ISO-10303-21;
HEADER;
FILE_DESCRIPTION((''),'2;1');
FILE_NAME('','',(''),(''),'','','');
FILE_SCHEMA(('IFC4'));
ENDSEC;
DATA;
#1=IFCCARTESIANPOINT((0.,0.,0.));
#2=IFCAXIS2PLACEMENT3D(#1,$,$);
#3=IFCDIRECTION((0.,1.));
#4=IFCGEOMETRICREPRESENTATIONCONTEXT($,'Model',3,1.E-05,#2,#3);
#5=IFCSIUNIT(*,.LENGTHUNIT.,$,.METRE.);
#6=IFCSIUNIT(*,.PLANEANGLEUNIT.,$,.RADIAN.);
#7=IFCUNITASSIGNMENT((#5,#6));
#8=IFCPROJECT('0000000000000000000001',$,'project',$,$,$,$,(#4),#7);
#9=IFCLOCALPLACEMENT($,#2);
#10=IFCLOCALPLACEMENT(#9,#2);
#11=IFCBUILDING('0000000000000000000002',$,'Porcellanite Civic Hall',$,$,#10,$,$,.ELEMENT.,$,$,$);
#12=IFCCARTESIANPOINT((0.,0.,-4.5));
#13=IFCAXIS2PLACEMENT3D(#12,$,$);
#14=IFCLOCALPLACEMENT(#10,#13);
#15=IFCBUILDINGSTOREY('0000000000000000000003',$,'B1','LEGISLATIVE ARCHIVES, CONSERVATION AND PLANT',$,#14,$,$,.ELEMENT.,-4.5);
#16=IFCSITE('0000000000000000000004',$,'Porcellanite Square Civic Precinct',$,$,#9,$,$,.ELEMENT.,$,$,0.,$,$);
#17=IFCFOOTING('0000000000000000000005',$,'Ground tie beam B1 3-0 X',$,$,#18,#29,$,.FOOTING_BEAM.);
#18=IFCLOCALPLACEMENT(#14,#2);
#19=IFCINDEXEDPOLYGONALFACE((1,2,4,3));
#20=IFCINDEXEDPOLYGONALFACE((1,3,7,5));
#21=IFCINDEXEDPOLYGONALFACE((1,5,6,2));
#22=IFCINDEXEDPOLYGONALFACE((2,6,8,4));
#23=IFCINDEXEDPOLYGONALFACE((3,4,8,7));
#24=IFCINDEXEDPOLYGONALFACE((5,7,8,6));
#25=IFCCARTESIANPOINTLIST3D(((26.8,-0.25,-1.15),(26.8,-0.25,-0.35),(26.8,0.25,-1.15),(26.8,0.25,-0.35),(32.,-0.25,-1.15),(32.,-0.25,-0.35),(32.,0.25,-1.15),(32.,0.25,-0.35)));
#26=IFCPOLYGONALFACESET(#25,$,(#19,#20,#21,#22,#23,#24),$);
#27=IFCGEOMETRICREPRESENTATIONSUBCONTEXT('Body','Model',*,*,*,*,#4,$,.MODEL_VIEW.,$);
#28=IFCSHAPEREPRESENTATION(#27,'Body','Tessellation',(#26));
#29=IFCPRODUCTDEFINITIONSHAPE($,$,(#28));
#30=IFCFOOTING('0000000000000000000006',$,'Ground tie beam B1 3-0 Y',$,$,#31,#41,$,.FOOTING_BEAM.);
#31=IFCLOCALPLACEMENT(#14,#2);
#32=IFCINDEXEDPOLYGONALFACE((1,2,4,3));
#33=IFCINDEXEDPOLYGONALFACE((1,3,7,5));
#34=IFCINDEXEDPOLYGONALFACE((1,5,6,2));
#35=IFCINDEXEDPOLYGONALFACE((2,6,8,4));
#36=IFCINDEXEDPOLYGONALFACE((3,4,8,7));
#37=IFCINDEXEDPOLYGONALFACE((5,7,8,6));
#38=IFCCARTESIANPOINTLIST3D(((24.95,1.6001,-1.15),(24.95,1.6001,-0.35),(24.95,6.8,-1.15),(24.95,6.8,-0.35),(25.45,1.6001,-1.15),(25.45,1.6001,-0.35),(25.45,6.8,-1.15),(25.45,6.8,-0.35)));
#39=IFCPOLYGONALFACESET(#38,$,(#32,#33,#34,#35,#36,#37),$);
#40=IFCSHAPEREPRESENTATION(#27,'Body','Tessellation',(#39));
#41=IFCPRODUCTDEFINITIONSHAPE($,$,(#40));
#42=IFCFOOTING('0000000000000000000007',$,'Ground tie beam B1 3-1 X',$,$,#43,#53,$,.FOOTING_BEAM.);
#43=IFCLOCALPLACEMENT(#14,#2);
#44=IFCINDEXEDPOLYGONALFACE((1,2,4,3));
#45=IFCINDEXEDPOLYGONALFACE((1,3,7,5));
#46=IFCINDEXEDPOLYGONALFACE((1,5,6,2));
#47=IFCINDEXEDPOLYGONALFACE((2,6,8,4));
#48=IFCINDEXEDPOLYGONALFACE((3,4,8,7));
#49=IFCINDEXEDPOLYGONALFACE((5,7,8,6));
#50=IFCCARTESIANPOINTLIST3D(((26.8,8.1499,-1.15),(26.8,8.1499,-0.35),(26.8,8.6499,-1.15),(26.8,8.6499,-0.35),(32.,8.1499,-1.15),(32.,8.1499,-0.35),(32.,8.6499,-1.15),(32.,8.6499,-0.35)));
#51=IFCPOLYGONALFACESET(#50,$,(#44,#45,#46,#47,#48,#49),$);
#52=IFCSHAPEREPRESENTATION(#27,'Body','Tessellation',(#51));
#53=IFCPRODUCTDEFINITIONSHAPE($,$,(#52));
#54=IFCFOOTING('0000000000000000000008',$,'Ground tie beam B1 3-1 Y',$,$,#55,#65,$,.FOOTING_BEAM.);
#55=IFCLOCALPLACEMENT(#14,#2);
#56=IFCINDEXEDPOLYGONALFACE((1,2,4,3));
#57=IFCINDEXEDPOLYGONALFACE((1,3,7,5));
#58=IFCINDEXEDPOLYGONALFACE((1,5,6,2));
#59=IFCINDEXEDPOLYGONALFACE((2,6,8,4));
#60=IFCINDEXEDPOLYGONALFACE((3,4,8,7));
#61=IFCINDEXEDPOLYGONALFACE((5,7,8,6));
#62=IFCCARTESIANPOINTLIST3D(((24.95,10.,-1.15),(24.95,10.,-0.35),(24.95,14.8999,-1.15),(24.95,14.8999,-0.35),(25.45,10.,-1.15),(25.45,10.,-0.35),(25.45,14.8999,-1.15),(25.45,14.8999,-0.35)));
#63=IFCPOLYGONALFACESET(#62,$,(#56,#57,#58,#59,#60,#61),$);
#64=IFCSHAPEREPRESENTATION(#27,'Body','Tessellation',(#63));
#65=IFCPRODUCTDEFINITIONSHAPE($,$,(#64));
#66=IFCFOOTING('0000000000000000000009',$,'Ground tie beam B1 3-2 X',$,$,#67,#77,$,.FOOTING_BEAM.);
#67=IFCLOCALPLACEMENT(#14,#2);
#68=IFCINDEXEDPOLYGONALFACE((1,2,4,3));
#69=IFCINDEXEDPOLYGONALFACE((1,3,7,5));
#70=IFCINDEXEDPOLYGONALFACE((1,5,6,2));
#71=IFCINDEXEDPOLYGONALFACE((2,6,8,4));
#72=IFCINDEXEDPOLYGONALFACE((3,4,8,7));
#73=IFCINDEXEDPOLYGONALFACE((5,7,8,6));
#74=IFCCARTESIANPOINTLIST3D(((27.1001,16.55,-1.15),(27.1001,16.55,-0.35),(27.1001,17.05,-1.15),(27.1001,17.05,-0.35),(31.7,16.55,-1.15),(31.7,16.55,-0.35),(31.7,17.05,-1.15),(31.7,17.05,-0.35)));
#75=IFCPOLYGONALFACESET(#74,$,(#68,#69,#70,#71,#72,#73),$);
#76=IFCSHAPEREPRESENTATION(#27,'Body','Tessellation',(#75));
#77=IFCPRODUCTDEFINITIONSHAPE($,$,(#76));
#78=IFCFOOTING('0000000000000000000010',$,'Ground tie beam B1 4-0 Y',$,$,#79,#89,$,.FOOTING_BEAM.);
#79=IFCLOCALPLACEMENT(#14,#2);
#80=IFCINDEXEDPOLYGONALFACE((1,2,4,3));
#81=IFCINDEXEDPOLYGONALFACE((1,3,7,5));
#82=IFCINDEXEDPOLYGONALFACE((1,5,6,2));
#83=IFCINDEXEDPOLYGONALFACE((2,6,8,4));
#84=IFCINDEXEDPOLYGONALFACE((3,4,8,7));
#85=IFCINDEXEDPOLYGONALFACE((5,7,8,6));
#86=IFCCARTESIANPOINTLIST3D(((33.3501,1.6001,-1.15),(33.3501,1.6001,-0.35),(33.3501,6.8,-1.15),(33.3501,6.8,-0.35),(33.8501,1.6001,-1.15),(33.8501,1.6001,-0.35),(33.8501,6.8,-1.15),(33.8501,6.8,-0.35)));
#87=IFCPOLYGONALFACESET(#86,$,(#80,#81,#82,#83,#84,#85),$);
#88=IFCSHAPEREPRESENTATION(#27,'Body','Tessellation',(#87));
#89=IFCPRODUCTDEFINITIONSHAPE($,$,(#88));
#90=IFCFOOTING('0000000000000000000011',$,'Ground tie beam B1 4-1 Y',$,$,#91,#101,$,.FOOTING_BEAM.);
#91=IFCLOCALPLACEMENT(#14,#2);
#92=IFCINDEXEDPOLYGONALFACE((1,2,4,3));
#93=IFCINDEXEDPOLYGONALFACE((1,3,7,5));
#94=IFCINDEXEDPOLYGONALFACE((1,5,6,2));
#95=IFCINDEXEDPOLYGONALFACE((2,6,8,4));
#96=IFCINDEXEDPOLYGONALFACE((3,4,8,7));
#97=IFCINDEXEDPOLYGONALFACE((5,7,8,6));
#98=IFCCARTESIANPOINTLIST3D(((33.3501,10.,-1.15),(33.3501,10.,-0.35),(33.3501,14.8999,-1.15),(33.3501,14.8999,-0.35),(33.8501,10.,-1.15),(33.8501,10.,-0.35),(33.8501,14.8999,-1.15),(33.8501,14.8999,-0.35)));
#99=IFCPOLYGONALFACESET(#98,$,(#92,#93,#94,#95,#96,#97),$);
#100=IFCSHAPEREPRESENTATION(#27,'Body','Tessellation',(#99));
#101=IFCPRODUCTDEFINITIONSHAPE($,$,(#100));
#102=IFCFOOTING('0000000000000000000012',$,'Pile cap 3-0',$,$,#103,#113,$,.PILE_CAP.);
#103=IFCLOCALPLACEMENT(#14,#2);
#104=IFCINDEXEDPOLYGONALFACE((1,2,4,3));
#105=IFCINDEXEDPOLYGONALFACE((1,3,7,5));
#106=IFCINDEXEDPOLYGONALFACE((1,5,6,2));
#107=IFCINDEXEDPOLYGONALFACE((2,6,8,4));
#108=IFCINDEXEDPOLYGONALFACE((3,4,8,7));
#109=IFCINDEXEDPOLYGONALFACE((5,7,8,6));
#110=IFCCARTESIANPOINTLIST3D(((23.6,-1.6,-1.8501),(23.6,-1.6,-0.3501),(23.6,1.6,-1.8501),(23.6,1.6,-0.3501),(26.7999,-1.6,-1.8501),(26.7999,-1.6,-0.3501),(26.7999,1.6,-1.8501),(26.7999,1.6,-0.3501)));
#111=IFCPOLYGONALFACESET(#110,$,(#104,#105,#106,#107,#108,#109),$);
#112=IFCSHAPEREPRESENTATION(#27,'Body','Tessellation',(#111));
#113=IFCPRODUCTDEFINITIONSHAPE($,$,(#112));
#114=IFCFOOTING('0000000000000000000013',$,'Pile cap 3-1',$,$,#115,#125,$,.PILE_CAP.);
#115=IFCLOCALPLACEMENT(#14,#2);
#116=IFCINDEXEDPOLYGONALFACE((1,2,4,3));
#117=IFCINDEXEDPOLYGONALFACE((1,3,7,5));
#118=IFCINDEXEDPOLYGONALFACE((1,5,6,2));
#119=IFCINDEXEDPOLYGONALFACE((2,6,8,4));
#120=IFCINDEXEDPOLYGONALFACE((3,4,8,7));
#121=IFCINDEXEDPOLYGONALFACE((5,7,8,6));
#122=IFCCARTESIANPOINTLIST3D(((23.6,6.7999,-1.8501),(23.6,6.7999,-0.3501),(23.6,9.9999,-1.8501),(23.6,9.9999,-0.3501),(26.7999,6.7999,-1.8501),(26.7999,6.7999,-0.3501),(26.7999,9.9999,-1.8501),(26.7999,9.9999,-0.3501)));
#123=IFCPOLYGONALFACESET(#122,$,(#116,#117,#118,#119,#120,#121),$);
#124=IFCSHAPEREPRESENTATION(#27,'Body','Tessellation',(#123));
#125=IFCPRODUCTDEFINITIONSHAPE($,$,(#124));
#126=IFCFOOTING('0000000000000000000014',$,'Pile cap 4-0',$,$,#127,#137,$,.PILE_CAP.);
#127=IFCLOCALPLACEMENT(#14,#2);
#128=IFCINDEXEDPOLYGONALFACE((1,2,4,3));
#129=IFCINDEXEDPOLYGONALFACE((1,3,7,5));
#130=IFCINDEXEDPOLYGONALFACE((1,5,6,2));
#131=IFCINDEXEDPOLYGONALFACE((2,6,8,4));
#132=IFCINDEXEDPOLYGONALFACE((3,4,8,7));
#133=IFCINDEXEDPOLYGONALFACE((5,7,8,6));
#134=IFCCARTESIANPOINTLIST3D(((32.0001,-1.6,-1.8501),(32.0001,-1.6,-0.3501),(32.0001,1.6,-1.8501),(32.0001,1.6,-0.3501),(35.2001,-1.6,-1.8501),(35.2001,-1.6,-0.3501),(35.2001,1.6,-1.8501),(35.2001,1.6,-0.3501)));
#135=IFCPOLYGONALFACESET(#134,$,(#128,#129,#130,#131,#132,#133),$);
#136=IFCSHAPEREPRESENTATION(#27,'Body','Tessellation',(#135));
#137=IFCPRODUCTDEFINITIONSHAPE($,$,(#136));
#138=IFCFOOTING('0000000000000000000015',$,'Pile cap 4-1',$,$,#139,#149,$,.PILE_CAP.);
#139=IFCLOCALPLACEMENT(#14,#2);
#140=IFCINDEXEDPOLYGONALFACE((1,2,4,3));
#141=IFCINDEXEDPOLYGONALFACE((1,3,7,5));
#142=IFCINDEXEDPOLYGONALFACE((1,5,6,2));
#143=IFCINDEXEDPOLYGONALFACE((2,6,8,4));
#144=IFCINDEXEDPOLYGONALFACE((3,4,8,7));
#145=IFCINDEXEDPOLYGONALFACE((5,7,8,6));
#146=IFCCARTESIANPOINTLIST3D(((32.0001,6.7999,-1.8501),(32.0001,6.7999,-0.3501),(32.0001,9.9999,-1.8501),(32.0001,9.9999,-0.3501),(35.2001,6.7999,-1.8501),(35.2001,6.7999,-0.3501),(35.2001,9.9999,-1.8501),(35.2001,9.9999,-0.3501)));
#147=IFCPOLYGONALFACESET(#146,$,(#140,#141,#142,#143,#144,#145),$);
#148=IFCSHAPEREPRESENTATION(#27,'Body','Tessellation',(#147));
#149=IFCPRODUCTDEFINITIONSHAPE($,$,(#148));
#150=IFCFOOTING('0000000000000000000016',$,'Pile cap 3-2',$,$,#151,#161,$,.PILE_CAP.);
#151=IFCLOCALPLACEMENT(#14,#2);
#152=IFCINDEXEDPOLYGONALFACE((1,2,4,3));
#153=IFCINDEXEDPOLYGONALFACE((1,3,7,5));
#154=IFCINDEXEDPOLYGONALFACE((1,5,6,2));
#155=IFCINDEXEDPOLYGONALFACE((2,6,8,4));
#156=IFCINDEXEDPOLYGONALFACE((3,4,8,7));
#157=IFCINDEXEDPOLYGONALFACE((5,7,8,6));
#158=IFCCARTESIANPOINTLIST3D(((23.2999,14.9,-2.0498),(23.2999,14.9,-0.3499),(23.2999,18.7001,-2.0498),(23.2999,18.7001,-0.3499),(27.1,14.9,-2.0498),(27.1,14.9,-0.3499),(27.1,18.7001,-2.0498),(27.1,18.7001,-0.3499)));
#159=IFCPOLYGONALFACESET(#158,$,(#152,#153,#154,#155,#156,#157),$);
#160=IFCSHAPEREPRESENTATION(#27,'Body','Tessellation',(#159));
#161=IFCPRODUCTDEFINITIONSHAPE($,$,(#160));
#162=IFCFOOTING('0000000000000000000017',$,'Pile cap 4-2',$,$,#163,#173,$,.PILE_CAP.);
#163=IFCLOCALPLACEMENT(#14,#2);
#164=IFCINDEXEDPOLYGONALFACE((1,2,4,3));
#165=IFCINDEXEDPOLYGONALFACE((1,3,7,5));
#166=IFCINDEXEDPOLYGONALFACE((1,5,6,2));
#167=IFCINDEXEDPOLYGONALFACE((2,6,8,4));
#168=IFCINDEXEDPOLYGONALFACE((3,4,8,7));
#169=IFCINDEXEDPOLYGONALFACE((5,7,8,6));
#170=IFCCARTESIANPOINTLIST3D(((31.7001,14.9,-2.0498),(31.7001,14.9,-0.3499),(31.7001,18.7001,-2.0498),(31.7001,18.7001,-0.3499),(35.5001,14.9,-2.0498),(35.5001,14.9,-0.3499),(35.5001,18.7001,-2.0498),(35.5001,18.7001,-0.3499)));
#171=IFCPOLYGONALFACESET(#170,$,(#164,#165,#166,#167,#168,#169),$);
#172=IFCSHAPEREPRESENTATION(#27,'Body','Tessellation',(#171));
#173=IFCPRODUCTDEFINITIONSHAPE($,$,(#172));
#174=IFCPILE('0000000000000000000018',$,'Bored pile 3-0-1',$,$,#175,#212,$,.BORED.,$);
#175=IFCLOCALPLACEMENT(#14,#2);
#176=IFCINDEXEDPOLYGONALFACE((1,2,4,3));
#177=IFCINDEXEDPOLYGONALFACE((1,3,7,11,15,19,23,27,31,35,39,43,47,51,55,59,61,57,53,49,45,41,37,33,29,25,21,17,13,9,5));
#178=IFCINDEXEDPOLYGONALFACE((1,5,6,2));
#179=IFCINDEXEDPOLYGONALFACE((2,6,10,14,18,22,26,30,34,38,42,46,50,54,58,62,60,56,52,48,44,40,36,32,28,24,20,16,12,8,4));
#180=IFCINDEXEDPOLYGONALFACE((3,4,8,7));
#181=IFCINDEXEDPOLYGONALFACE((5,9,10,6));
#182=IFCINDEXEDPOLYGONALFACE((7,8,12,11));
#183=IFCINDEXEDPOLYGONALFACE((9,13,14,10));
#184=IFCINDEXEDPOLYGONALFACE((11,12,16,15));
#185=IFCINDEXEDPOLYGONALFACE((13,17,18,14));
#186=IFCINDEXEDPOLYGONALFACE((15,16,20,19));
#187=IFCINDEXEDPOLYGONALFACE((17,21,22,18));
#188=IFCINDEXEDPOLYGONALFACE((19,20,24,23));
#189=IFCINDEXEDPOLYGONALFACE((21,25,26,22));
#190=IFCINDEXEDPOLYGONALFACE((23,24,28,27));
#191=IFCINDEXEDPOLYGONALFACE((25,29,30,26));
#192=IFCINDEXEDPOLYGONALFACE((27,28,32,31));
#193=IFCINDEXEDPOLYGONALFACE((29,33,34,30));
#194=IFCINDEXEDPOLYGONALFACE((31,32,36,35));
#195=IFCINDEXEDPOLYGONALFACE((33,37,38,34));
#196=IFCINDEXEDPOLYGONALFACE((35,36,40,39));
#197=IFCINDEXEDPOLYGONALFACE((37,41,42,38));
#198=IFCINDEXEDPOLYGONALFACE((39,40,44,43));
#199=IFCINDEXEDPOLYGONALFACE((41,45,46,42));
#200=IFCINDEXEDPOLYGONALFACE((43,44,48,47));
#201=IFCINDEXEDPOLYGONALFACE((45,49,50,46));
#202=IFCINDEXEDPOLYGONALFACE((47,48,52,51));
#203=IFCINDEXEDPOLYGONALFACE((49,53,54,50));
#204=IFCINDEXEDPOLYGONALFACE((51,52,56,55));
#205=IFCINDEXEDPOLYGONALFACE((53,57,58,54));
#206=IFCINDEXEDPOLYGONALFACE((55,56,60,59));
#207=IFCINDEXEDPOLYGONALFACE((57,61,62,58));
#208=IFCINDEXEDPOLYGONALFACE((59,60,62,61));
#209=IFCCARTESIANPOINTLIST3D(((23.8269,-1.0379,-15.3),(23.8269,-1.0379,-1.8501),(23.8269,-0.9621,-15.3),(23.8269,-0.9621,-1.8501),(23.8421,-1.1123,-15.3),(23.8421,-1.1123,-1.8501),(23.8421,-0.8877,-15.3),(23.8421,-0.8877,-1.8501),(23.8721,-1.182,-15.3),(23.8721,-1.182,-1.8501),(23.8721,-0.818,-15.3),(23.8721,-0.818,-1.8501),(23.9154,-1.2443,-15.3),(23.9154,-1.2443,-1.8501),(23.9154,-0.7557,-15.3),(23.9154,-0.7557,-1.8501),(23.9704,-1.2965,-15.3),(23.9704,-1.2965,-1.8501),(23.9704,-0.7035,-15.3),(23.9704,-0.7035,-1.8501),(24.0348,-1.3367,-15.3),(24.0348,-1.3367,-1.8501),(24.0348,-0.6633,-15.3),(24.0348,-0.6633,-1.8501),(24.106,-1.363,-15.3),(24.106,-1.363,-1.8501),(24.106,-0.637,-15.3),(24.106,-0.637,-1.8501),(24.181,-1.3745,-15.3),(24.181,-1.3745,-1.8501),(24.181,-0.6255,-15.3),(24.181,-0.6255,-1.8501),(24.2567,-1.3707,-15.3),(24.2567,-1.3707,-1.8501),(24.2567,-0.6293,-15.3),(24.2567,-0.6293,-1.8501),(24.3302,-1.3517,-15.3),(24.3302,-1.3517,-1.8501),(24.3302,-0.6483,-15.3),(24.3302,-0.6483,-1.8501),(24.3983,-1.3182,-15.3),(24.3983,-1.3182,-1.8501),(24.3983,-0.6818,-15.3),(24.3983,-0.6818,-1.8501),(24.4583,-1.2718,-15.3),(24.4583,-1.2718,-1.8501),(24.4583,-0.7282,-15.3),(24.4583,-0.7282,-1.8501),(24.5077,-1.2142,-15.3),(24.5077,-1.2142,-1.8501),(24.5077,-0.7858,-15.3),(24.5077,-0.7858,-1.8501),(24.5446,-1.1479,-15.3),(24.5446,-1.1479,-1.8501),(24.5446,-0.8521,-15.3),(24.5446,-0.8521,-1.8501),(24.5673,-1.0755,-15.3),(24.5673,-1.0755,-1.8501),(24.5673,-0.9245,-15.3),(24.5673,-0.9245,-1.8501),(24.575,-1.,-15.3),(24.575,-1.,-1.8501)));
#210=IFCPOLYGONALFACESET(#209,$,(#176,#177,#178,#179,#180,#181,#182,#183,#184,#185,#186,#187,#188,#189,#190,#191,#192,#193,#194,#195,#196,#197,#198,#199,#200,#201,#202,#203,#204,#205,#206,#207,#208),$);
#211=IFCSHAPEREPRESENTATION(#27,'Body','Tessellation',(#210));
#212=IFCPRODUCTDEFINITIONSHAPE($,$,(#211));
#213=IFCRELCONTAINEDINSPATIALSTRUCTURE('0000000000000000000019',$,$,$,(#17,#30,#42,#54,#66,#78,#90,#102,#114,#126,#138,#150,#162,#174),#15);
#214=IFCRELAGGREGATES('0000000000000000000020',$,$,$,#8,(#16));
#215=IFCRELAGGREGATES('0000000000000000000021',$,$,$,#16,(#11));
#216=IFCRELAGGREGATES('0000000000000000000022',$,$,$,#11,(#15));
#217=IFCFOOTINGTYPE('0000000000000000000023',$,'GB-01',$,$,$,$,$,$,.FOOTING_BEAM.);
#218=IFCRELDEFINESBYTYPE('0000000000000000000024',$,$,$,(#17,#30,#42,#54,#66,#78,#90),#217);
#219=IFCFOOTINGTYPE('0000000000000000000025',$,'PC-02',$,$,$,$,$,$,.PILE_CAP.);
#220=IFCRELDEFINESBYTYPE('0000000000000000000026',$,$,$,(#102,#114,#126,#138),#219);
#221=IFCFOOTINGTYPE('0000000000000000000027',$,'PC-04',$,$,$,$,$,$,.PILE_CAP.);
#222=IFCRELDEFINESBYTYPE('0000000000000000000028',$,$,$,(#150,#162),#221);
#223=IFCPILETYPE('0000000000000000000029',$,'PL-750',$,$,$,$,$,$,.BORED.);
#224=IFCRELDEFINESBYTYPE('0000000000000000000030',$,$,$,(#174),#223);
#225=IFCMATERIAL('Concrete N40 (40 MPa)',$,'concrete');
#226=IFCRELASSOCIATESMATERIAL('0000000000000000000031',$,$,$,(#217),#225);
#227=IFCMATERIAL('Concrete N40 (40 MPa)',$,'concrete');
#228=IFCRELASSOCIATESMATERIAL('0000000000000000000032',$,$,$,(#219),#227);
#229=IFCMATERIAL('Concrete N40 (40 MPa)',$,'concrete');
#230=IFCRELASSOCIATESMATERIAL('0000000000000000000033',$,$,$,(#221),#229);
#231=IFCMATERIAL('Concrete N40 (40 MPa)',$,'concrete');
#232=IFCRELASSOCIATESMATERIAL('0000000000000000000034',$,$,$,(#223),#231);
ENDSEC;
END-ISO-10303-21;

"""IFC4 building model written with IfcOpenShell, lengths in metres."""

from ifc_helpers import new_model, si_unit, direction, frame, origin, origin_2d, place, context, subcontext, project, spatial, rectangle, circle, extrude, material, material_profile, profile_set, type_object, element, save


model = new_model("IFC4")

# Units and contexts
model_context = context("Model", 3, precision=1e-05, world=origin(), true_north=direction((0.0, 1.0)))
body_context = subcontext(model_context, "Body", "Model", "MODEL_VIEW")
ifc_project = project(units=[si_unit("LENGTHUNIT", "METRE"), si_unit("PLANEANGLEUNIT", "RADIAN")], contexts=[model_context])

# Site, building, storey
site_placement = place(None, origin())
site = spatial("IfcSite", under=ifc_project, at=site_placement, Name="Porcellanite Square Civic Precinct", CompositionType="ELEMENT", RefElevation=0.0)
building_placement = place(site_placement, origin())
building = spatial("IfcBuilding", under=site, at=building_placement, Name="Porcellanite Civic Hall", CompositionType="ELEMENT")
storey_placement = place(building_placement, frame((0.0, 0.0, -4.5)))
storey = spatial("IfcBuildingStorey", under=building, at=storey_placement, Name="B1", Description="LEGISLATIVE ARCHIVES, CONSERVATION AND PLANT", CompositionType="ELEMENT", Elevation=-4.5)

# Footings
ifc_material_1 = material(Name="Concrete N40 (40 MPa)", Category="concrete")
ifc_material_profile_1 = material_profile(ifc_material_1, rectangle(XDim=0.5, YDim=0.8, at=origin_2d()), Name="RC-500x800")
ifc_profile_set_1 = profile_set([ifc_material_profile_1], Name="Concrete N40 (40 MPa)")
footing_type_1 = type_object("IfcFootingType", Name="GB-01", PredefinedType="FOOTING_BEAM", material=ifc_profile_set_1)
for number, where, z_axis, x_axis, name in (
    (1, (26.8, 0.0, -0.75), (1.0, 0.0, 0.0), (0.0, 1.0, 0.0), "Ground tie beam B1 3-0 X"),
    (2, (25.2, 1.6001, -0.75), (0.0, 1.0, 0.0), (-1.0, 0.0, 0.0), "Ground tie beam B1 3-0 Y"),
    (3, (26.8, 8.3999, -0.75), (1.0, 0.0, 0.0), (0.0, 1.0, 0.0), "Ground tie beam B1 3-1 X"),
):
    element("IfcFooting", number, at=place(storey_placement, frame(where, z_axis=z_axis, x_axis=x_axis)), inside=storey, type_object=footing_type_1, Name=name, PredefinedType="FOOTING_BEAM", context=body_context, shape_type="SweptSolid", body=[
        extrude(rectangle(XDim=0.5, YDim=0.8, at=origin_2d()), origin(), (0.0, 0.0, 1.0), 5.2),
    ])
footing_1_placement = place(storey_placement, frame((25.2, 10.0, -0.75), z_axis=(0.0, 1.0, 0.0), x_axis=(-1.0, 0.0, 0.0)))
element("IfcFooting", 4, at=footing_1_placement, inside=storey, type_object=footing_type_1, Name="Ground tie beam B1 3-1 Y", PredefinedType="FOOTING_BEAM", context=body_context, shape_type="SweptSolid", body=[
    extrude(rectangle(XDim=0.5, YDim=0.8, at=origin_2d()), origin(), (0.0, 0.0, 1.0), 4.8999),
])
footing_2_placement = place(storey_placement, frame((27.1001, 16.8, -0.75), z_axis=(1.0, 0.0, 0.0), x_axis=(0.0, 1.0, 0.0)))
element("IfcFooting", 5, at=footing_2_placement, inside=storey, type_object=footing_type_1, Name="Ground tie beam B1 3-2 X", PredefinedType="FOOTING_BEAM", context=body_context, shape_type="SweptSolid", body=[
    extrude(rectangle(XDim=0.5, YDim=0.8, at=origin_2d()), origin(), (0.0, 0.0, 1.0), 4.5999),
])
footing_3_placement = place(storey_placement, frame((33.6001, 1.6001, -0.75), z_axis=(0.0, 1.0, 0.0), x_axis=(-1.0, 0.0, 0.0)))
element("IfcFooting", 6, at=footing_3_placement, inside=storey, type_object=footing_type_1, Name="Ground tie beam B1 4-0 Y", PredefinedType="FOOTING_BEAM", context=body_context, shape_type="SweptSolid", body=[
    extrude(rectangle(XDim=0.5, YDim=0.8, at=origin_2d()), origin(), (0.0, 0.0, 1.0), 5.2),
])
footing_4_placement = place(storey_placement, frame((33.6001, 10.0, -0.75), z_axis=(0.0, 1.0, 0.0), x_axis=(-1.0, 0.0, 0.0)))
element("IfcFooting", 7, at=footing_4_placement, inside=storey, type_object=footing_type_1, Name="Ground tie beam B1 4-1 Y", PredefinedType="FOOTING_BEAM", context=body_context, shape_type="SweptSolid", body=[
    extrude(rectangle(XDim=0.5, YDim=0.8, at=origin_2d()), origin(), (0.0, 0.0, 1.0), 4.8999),
])
ifc_material_2 = material(Name="Concrete N40 (40 MPa)", Category="concrete")
footing_type_2 = type_object("IfcFootingType", Name="PC-02", PredefinedType="PILE_CAP", material=ifc_material_2)
for number, where, z_axis, x_axis, name in (
    (8, (25.2, 0.0, -1.8501), (0.0, 0.0, 1.0), (1.0, 0.0, 0.0), "Pile cap 3-0"),
    (9, (25.2, 8.3999, -1.8501), (0.0, 0.0, 1.0), (1.0, 0.0, 0.0), "Pile cap 3-1"),
    (10, (33.6001, 0.0, -1.8501), (0.0, 0.0, 1.0), (1.0, 0.0, 0.0), "Pile cap 4-0"),
    (11, (33.6001, 8.3999, -1.8501), (0.0, 0.0, 1.0), (1.0, 0.0, 0.0), "Pile cap 4-1"),
):
    element("IfcFooting", number, at=place(storey_placement, frame(where, z_axis=z_axis, x_axis=x_axis)), inside=storey, type_object=footing_type_2, Name=name, PredefinedType="PILE_CAP", context=body_context, shape_type="SweptSolid", body=[
        extrude(rectangle(XDim=3.2, YDim=3.2, at=origin_2d()), origin(), (0.0, 0.0, 1.0), 1.5),
    ])
ifc_material_3 = material(Name="Concrete N40 (40 MPa)", Category="concrete")
footing_type_3 = type_object("IfcFootingType", Name="PC-04", PredefinedType="PILE_CAP", material=ifc_material_3)
for number, where, z_axis, x_axis, name in (
    (12, (25.2, 16.8, -2.0498), (0.0, 0.0, 1.0), (1.0, 0.0, 0.0), "Pile cap 3-2"),
    (13, (33.6001, 16.8, -2.0498), (0.0, 0.0, 1.0), (1.0, 0.0, 0.0), "Pile cap 4-2"),
):
    element("IfcFooting", number, at=place(storey_placement, frame(where, z_axis=z_axis, x_axis=x_axis)), inside=storey, type_object=footing_type_3, Name=name, PredefinedType="PILE_CAP", context=body_context, shape_type="SweptSolid", body=[
        extrude(rectangle(XDim=3.8, YDim=3.8, at=origin_2d()), origin(), (0.0, 0.0, 1.0), 1.7),
    ])

# Pile
ifc_material_4 = material(Name="Concrete N40 (40 MPa)", Category="concrete")
ifc_material_profile_2 = material_profile(ifc_material_4, circle(Radius=0.375, at=origin_2d()), Name="PILE-D750")
ifc_profile_set_2 = profile_set([ifc_material_profile_2], Name="Concrete N40 (40 MPa)")
pile_type_1 = type_object("IfcPileType", Name="PL-750", PredefinedType="BORED", material=ifc_profile_set_2)
for number, where, z_axis, x_axis, name in (
    (14, (24.2, -1.0, -1.8501), (0.0, 0.0, -1.0), (1.0, 0.0, 0.0), "Bored pile 3-0-1"),
):
    element("IfcPile", number, at=place(storey_placement, frame(where, z_axis=z_axis, x_axis=x_axis)), inside=storey, type_object=pile_type_1, Name=name, PredefinedType="BORED", context=body_context, shape_type="SweptSolid", body=[
        extrude(circle(Radius=0.375, at=origin_2d()), origin(), (0.0, 0.0, 1.0), 13.45),
    ])

save(model, "model.ifc")
